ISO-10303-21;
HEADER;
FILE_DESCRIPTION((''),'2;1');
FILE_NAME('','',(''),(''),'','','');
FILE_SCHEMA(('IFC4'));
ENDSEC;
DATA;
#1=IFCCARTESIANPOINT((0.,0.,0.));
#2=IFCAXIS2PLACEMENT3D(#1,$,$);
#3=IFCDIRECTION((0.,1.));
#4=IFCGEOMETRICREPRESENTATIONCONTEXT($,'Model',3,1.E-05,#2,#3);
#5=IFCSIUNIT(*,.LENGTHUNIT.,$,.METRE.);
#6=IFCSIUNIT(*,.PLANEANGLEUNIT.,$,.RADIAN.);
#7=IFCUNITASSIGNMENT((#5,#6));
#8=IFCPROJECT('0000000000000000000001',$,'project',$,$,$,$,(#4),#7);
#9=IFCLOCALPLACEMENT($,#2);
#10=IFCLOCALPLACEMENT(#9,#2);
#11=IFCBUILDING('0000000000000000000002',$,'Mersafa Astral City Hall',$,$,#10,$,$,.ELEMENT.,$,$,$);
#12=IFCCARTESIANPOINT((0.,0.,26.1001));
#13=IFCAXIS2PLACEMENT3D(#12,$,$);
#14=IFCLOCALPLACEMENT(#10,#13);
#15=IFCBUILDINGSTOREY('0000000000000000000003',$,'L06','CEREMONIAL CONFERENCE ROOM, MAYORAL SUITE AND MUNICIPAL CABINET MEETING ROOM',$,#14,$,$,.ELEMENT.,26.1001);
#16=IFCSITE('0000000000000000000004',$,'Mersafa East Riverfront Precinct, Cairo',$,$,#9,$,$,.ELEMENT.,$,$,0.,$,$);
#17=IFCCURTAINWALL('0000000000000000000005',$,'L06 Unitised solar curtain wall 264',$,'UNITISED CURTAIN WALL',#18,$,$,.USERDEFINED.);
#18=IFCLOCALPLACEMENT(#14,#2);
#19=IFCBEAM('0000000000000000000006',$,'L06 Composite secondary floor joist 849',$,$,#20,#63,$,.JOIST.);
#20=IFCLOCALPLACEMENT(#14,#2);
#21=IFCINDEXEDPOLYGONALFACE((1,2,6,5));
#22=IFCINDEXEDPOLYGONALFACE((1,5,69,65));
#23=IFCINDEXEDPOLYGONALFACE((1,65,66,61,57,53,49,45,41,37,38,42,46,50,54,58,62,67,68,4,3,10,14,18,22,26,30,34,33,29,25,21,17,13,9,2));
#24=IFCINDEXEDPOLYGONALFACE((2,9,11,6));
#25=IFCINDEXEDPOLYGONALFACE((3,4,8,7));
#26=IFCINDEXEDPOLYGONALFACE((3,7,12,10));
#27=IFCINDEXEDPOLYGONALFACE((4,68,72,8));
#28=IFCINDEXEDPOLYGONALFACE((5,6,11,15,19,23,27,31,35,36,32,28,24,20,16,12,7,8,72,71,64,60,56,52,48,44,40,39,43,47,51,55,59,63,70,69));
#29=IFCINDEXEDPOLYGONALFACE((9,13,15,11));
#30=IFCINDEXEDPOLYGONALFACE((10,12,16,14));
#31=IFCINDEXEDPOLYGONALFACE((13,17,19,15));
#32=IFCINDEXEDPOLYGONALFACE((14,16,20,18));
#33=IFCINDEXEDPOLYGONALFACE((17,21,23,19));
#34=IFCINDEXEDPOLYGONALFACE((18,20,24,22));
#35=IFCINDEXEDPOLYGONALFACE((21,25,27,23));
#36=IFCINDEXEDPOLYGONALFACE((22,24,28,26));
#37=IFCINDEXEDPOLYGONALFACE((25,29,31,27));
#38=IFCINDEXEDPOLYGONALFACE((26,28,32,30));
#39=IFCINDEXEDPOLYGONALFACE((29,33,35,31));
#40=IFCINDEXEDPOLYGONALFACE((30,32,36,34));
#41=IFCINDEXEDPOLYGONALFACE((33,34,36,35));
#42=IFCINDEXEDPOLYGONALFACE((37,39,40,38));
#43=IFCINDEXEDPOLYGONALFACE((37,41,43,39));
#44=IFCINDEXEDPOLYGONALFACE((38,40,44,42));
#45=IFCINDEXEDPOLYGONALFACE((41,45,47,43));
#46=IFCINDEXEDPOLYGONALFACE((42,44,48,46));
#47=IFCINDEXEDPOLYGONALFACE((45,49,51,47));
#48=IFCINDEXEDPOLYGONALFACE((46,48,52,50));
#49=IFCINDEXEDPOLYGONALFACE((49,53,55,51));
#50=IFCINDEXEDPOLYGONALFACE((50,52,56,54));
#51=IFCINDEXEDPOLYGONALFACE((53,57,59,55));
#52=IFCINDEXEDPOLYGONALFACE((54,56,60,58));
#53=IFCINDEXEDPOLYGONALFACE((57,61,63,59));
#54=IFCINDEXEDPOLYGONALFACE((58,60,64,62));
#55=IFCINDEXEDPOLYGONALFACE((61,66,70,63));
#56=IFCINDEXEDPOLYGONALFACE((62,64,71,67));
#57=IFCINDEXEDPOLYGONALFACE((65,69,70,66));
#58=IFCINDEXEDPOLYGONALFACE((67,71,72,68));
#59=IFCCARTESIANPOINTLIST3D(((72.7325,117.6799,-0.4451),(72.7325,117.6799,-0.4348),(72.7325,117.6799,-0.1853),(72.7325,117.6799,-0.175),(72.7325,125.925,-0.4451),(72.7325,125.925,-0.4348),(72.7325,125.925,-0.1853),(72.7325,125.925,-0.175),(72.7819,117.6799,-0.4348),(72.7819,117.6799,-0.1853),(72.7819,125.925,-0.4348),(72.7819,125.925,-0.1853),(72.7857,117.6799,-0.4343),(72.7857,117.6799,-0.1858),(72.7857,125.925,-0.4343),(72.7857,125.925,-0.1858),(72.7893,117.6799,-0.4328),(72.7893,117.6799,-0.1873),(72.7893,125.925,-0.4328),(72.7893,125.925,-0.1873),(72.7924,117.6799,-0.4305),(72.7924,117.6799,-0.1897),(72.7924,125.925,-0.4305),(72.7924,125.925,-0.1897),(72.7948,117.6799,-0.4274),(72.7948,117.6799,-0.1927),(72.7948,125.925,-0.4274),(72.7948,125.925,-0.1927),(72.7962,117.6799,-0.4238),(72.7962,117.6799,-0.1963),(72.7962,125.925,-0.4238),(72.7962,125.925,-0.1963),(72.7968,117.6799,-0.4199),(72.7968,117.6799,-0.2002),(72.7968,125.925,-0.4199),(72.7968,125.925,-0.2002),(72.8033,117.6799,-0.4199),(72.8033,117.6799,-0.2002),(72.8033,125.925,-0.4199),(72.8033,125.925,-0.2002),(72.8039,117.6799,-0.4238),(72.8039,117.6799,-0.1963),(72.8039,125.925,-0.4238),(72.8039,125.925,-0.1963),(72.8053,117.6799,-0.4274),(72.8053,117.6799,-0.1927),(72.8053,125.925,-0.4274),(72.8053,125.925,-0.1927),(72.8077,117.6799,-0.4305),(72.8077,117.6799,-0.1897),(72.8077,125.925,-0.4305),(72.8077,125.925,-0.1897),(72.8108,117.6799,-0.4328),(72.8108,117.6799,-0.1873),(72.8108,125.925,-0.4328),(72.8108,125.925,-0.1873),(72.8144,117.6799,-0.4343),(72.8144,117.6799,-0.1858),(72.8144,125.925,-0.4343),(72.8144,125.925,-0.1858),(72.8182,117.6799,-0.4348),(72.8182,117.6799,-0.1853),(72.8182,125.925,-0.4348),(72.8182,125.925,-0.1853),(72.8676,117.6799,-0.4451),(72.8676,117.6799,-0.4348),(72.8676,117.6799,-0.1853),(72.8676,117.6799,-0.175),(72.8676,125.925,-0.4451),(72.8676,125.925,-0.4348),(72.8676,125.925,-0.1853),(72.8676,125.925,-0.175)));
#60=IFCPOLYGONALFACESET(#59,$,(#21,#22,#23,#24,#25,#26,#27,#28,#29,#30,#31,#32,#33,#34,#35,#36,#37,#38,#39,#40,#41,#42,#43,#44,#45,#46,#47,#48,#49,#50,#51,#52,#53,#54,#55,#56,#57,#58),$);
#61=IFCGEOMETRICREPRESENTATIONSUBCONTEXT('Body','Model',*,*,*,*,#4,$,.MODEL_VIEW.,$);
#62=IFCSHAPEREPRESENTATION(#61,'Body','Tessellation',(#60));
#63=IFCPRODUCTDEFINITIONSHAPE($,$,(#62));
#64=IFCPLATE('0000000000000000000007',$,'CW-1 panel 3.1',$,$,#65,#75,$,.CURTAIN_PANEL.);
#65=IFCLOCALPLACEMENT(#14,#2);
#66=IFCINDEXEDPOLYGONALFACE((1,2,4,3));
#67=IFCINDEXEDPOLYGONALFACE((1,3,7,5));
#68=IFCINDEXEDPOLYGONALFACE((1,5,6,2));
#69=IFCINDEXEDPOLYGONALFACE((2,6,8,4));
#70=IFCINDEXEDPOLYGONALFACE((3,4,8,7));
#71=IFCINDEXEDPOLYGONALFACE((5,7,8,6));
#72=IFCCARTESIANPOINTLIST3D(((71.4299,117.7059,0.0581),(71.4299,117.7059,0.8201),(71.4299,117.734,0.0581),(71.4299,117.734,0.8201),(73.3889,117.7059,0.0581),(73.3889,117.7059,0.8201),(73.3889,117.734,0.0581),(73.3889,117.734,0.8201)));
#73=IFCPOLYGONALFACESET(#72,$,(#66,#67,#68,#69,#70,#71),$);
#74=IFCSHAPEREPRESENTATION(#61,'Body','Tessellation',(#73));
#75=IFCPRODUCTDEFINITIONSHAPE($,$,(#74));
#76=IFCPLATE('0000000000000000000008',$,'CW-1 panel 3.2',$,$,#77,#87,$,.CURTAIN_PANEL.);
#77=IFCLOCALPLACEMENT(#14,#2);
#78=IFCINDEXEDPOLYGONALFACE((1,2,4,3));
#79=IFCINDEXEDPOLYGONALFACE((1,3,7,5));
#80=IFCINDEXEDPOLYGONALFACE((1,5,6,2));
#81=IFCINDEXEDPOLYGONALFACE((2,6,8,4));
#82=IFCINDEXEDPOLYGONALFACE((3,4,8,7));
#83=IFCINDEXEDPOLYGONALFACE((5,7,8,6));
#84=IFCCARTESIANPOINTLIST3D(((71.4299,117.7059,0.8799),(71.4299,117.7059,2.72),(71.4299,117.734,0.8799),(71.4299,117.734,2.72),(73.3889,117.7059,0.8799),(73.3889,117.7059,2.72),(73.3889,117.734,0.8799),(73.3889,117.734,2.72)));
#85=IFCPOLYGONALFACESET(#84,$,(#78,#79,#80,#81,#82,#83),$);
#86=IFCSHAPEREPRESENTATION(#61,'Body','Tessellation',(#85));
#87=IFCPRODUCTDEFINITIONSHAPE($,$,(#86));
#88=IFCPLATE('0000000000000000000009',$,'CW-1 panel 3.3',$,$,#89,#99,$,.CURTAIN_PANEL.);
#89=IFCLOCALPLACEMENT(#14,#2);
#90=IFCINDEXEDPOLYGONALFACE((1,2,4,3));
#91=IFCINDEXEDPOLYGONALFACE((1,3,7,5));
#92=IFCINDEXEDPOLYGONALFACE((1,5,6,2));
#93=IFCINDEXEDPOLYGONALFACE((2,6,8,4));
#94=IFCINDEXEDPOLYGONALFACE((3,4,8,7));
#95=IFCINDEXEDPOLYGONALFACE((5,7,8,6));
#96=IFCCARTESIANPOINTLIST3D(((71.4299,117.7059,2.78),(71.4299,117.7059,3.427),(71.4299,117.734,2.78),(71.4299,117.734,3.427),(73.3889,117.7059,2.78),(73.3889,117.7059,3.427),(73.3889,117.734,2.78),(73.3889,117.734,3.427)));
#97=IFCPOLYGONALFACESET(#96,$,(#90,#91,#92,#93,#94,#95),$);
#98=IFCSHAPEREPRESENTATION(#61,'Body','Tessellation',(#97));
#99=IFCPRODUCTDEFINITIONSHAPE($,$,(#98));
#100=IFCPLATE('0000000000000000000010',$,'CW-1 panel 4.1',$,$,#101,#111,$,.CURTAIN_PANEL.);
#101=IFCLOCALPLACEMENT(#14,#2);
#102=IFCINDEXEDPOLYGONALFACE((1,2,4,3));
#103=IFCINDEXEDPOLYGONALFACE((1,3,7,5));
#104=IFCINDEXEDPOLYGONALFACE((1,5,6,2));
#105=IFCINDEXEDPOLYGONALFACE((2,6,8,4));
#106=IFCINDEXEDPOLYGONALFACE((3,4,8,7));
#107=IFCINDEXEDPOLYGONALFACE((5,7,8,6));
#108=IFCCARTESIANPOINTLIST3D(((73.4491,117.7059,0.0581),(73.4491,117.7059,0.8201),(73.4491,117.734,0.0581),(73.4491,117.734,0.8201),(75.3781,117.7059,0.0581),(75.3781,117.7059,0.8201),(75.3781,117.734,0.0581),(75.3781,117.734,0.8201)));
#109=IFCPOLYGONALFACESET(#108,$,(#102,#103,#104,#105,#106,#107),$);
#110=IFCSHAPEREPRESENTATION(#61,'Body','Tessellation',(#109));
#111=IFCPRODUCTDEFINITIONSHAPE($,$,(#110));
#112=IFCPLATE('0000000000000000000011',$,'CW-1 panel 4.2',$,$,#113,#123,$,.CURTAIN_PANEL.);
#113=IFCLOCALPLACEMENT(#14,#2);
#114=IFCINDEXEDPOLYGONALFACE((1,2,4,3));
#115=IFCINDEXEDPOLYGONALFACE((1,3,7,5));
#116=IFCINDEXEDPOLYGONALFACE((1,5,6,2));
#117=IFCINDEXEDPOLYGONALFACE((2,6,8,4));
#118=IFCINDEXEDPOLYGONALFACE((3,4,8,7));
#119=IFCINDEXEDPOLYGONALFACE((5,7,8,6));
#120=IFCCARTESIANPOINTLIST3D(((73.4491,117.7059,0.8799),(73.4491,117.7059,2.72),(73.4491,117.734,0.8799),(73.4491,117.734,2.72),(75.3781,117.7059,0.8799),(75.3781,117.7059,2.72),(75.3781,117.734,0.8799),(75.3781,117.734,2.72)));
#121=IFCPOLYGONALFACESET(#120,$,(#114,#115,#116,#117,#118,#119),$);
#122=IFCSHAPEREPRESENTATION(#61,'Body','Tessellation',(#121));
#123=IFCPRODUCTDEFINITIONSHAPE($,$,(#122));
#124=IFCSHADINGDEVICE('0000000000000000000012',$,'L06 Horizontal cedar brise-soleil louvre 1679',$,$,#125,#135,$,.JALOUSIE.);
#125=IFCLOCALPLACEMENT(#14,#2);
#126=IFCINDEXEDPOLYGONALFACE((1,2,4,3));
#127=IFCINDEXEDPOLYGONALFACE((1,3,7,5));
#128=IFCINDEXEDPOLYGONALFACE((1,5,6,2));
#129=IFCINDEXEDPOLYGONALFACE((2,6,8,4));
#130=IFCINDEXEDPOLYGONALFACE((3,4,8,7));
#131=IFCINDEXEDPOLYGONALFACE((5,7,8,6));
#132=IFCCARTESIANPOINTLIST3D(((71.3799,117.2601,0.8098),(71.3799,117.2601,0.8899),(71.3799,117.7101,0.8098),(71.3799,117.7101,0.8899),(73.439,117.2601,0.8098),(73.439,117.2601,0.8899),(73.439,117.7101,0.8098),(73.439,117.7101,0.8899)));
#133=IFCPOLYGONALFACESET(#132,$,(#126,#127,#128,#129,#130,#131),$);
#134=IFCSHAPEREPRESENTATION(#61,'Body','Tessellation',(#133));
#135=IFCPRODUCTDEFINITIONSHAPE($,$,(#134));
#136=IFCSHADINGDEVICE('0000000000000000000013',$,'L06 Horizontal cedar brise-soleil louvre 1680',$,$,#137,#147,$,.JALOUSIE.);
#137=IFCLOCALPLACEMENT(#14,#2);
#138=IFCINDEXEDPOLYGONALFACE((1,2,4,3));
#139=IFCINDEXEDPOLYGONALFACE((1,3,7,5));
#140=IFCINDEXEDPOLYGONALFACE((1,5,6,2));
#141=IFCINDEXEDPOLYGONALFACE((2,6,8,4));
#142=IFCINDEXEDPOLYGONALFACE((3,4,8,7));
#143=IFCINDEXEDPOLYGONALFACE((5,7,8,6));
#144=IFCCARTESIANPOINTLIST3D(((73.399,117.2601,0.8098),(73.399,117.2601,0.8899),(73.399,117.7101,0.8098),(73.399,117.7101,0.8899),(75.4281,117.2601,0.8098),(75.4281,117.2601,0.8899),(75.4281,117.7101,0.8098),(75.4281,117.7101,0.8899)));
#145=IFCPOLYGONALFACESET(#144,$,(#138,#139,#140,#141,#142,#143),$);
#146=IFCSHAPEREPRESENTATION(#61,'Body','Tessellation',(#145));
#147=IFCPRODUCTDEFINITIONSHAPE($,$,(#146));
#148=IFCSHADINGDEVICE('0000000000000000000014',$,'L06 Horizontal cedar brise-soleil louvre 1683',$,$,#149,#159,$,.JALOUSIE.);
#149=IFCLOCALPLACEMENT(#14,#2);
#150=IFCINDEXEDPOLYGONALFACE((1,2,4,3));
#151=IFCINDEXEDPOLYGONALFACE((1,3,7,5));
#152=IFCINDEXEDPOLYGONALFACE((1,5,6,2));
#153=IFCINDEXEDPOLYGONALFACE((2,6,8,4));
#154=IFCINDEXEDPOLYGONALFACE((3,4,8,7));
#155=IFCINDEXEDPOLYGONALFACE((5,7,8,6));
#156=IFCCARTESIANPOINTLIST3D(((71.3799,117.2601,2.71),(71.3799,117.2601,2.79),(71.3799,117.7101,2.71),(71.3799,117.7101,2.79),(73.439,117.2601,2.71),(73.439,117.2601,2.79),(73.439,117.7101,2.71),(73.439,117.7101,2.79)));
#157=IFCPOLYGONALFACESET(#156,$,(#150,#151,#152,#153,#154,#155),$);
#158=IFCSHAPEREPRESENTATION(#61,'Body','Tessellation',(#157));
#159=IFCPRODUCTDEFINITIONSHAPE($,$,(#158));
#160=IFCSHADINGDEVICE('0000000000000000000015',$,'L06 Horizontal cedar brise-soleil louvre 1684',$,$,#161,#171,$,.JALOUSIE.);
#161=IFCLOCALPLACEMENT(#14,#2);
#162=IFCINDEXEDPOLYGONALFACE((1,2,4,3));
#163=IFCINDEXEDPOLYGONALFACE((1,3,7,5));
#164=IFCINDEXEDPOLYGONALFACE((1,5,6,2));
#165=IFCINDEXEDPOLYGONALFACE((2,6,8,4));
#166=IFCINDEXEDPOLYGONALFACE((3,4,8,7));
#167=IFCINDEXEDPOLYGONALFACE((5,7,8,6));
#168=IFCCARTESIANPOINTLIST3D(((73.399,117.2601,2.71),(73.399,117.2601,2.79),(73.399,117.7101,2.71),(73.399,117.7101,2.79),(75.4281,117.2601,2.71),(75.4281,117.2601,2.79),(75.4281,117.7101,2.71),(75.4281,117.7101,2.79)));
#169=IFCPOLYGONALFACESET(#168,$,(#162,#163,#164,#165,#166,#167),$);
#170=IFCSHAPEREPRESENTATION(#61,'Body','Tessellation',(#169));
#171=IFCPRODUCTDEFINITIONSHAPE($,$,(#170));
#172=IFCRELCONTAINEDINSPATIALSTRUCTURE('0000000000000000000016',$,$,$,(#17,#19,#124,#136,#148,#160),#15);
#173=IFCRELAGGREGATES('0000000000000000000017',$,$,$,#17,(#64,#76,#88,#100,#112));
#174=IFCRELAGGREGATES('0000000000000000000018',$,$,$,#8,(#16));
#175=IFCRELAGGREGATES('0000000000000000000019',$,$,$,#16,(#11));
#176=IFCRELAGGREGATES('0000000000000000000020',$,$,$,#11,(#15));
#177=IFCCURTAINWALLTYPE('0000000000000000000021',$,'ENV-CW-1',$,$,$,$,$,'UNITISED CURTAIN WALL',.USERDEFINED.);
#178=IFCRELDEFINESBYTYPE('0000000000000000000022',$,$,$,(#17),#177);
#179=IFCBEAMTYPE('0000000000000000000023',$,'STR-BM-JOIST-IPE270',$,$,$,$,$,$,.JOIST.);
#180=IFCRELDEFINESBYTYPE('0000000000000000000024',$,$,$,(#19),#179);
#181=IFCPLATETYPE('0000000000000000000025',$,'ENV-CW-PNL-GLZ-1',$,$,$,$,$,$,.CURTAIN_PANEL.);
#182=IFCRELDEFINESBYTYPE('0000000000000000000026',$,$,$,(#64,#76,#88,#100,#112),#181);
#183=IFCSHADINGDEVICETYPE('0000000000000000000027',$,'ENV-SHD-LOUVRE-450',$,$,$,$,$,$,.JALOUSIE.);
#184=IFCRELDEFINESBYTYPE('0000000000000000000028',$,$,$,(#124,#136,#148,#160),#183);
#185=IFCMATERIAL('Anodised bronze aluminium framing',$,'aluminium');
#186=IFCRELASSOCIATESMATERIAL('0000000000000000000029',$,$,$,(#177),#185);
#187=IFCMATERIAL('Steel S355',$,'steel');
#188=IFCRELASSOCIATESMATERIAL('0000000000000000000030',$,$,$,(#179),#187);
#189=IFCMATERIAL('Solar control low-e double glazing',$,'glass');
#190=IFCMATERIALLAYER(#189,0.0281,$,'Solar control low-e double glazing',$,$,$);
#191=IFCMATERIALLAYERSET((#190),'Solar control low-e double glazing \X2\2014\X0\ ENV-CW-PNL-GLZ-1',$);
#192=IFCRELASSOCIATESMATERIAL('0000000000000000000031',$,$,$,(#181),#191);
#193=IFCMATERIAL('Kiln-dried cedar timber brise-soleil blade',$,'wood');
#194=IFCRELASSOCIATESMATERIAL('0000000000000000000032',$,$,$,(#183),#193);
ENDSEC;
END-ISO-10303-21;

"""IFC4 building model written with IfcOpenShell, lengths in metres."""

from ifc_helpers import new_model, si_unit, direction, frame, origin, origin_2d, place, context, subcontext, project, spatial, rectangle, i_section, extrude, material, layer, layer_set, material_profile, profile_set, type_object, element, aggregate, save


model = new_model("IFC4")

# Units and contexts
model_context = context("Model", 3, precision=1e-05, world=origin(), true_north=direction((0.0, 1.0)))
body_context = subcontext(model_context, "Body", "Model", "MODEL_VIEW")
ifc_project = project(units=[si_unit("LENGTHUNIT", "METRE"), si_unit("PLANEANGLEUNIT", "RADIAN")], contexts=[model_context])

# Site, building, storey
site_placement = place(None, origin())
site = spatial("IfcSite", under=ifc_project, at=site_placement, Name="Mersafa East Riverfront Precinct, Cairo", CompositionType="ELEMENT", RefElevation=0.0)
building_placement = place(site_placement, origin())
building = spatial("IfcBuilding", under=site, at=building_placement, Name="Mersafa Astral City Hall", CompositionType="ELEMENT")
storey_placement = place(building_placement, frame((0.0, 0.0, 26.1001)))
storey = spatial("IfcBuildingStorey", under=building, at=storey_placement, Name="L06", Description="CEREMONIAL CONFERENCE ROOM, MAYORAL SUITE AND MUNICIPAL CABINET MEETING ROOM", CompositionType="ELEMENT", Elevation=26.1001)

# Curtain wall
ifc_material_1 = material(Name="Anodised bronze aluminium framing", Category="aluminium")
curtain_wall_type = type_object("IfcCurtainWallType", Name="ENV-CW-1", ElementType="UNITISED CURTAIN WALL", PredefinedType="USERDEFINED", material=ifc_material_1)
curtain_wall_placement = place(storey_placement, origin())
curtain_wall = element("IfcCurtainWall", 1, at=curtain_wall_placement, inside=storey, type_object=curtain_wall_type, Name="L06 Unitised solar curtain wall 264", ObjectType="UNITISED CURTAIN WALL", PredefinedType="USERDEFINED")

# Beam
ifc_material_2 = material(Name="Steel S355", Category="steel")
ifc_material_profile_1 = material_profile(ifc_material_2, i_section(OverallWidth=0.135, OverallDepth=0.27, WebThickness=0.0066, FlangeThickness=0.0103, FilletRadius=0.0149, at=origin_2d()), Name="IPE 270")
ifc_profile_set_1 = profile_set([ifc_material_profile_1], Name="Steel S355")
beam_type = type_object("IfcBeamType", Name="STR-BM-JOIST-IPE270", PredefinedType="JOIST", material=ifc_profile_set_1)
beam_placement = place(storey_placement, frame((72.8, 117.6799, -0.3101), z_axis=(0.0, 1.0, 0.0), x_axis=(-1.0, 0.0, 0.0)))
element("IfcBeam", 2, at=beam_placement, inside=storey, type_object=beam_type, Name="L06 Composite secondary floor joist 849", PredefinedType="JOIST", context=body_context, shape_type="SweptSolid", body=[
    extrude(i_section(OverallWidth=0.135, OverallDepth=0.27, WebThickness=0.0066, FlangeThickness=0.0103, FilletRadius=0.0149, at=origin_2d()), origin(), (0.0, 0.0, 1.0), 8.2451),
])

# Plates
ifc_material_3 = material(Name="Solar control low-e double glazing", Category="glass")
ifc_layer = layer(ifc_material_3, 0.0281, Name="Solar control low-e double glazing")
ifc_layer_set = layer_set([ifc_layer], Name="Solar control low-e double glazing — ENV-CW-PNL-GLZ-1")
plate_type = type_object("IfcPlateType", Name="ENV-CW-PNL-GLZ-1", PredefinedType="CURTAIN_PANEL", material=ifc_layer_set)
plate_1_placement = place(storey_placement, frame((72.4094, 117.72, 0.0581), z_axis=(0.0, 0.0, 1.0), x_axis=(1.0, 0.0, 0.0)))
plate_1 = element("IfcPlate", 3, at=plate_1_placement, type_object=plate_type, Name="CW-1 panel 3.1", PredefinedType="CURTAIN_PANEL", context=body_context, shape_type="SweptSolid", body=[
    extrude(rectangle(XDim=1.959, YDim=0.0281, at=origin_2d()), origin(), (0.0, 0.0, 1.0), 0.762),
])
plate_2_placement = place(storey_placement, frame((72.4094, 117.72, 0.8799), z_axis=(0.0, 0.0, 1.0), x_axis=(1.0, 0.0, 0.0)))
plate_2 = element("IfcPlate", 4, at=plate_2_placement, type_object=plate_type, Name="CW-1 panel 3.2", PredefinedType="CURTAIN_PANEL", context=body_context, shape_type="SweptSolid", body=[
    extrude(rectangle(XDim=1.959, YDim=0.0281, at=origin_2d()), origin(), (0.0, 0.0, 1.0), 1.8401),
])
plate_3_placement = place(storey_placement, frame((72.4094, 117.72, 2.78), z_axis=(0.0, 0.0, 1.0), x_axis=(1.0, 0.0, 0.0)))
plate_3 = element("IfcPlate", 5, at=plate_3_placement, type_object=plate_type, Name="CW-1 panel 3.3", PredefinedType="CURTAIN_PANEL", context=body_context, shape_type="SweptSolid", body=[
    extrude(rectangle(XDim=1.959, YDim=0.0281, at=origin_2d()), origin(), (0.0, 0.0, 1.0), 0.647),
])
plate_4_placement = place(storey_placement, frame((74.4136, 117.72, 0.0581), z_axis=(0.0, 0.0, 1.0), x_axis=(1.0, 0.0, 0.0)))
plate_4 = element("IfcPlate", 6, at=plate_4_placement, type_object=plate_type, Name="CW-1 panel 4.1", PredefinedType="CURTAIN_PANEL", context=body_context, shape_type="SweptSolid", body=[
    extrude(rectangle(XDim=1.929, YDim=0.0281, at=origin_2d()), origin(), (0.0, 0.0, 1.0), 0.762),
])
plate_5_placement = place(storey_placement, frame((74.4136, 117.72, 0.8799), z_axis=(0.0, 0.0, 1.0), x_axis=(1.0, 0.0, 0.0)))
plate_5 = element("IfcPlate", 7, at=plate_5_placement, type_object=plate_type, Name="CW-1 panel 4.2", PredefinedType="CURTAIN_PANEL", context=body_context, shape_type="SweptSolid", body=[
    extrude(rectangle(XDim=1.929, YDim=0.0281, at=origin_2d()), origin(), (0.0, 0.0, 1.0), 1.8401),
])
aggregate(curtain_wall, [plate_1, plate_2, plate_3, plate_4, plate_5])

# Shading devices
ifc_material_4 = material(Name="Kiln-dried cedar timber brise-soleil blade", Category="wood")
shading_device_type = type_object("IfcShadingDeviceType", Name="ENV-SHD-LOUVRE-450", PredefinedType="JALOUSIE", material=ifc_material_4)
shading_device_1_placement = place(storey_placement, frame((72.4094, 117.4851, 0.8098), z_axis=(0.0, 0.0, 1.0), x_axis=(1.0, 0.0, 0.0)))
element("IfcShadingDevice", 8, at=shading_device_1_placement, inside=storey, type_object=shading_device_type, Name="L06 Horizontal cedar brise-soleil louvre 1679", PredefinedType="JALOUSIE", context=body_context, shape_type="SweptSolid", body=[
    extrude(rectangle(XDim=2.0591, YDim=0.45, at=origin_2d()), origin(), (0.0, 0.0, 1.0), 0.0801),
])
shading_device_2_placement = place(storey_placement, frame((74.4136, 117.4851, 0.8098), z_axis=(0.0, 0.0, 1.0), x_axis=(1.0, 0.0, 0.0)))
element("IfcShadingDevice", 9, at=shading_device_2_placement, inside=storey, type_object=shading_device_type, Name="L06 Horizontal cedar brise-soleil louvre 1680", PredefinedType="JALOUSIE", context=body_context, shape_type="SweptSolid", body=[
    extrude(rectangle(XDim=2.0291, YDim=0.45, at=origin_2d()), origin(), (0.0, 0.0, 1.0), 0.0801),
])
shading_device_3_placement = place(storey_placement, frame((72.4094, 117.4851, 2.71), z_axis=(0.0, 0.0, 1.0), x_axis=(1.0, 0.0, 0.0)))
element("IfcShadingDevice", 10, at=shading_device_3_placement, inside=storey, type_object=shading_device_type, Name="L06 Horizontal cedar brise-soleil louvre 1683", PredefinedType="JALOUSIE", context=body_context, shape_type="SweptSolid", body=[
    extrude(rectangle(XDim=2.0591, YDim=0.45, at=origin_2d()), origin(), (0.0, 0.0, 1.0), 0.0801),
])
shading_device_4_placement = place(storey_placement, frame((74.4136, 117.4851, 2.71), z_axis=(0.0, 0.0, 1.0), x_axis=(1.0, 0.0, 0.0)))
element("IfcShadingDevice", 11, at=shading_device_4_placement, inside=storey, type_object=shading_device_type, Name="L06 Horizontal cedar brise-soleil louvre 1684", PredefinedType="JALOUSIE", context=body_context, shape_type="SweptSolid", body=[
    extrude(rectangle(XDim=2.0291, YDim=0.45, at=origin_2d()), origin(), (0.0, 0.0, 1.0), 0.0801),
])

save(model, "model.ifc")
